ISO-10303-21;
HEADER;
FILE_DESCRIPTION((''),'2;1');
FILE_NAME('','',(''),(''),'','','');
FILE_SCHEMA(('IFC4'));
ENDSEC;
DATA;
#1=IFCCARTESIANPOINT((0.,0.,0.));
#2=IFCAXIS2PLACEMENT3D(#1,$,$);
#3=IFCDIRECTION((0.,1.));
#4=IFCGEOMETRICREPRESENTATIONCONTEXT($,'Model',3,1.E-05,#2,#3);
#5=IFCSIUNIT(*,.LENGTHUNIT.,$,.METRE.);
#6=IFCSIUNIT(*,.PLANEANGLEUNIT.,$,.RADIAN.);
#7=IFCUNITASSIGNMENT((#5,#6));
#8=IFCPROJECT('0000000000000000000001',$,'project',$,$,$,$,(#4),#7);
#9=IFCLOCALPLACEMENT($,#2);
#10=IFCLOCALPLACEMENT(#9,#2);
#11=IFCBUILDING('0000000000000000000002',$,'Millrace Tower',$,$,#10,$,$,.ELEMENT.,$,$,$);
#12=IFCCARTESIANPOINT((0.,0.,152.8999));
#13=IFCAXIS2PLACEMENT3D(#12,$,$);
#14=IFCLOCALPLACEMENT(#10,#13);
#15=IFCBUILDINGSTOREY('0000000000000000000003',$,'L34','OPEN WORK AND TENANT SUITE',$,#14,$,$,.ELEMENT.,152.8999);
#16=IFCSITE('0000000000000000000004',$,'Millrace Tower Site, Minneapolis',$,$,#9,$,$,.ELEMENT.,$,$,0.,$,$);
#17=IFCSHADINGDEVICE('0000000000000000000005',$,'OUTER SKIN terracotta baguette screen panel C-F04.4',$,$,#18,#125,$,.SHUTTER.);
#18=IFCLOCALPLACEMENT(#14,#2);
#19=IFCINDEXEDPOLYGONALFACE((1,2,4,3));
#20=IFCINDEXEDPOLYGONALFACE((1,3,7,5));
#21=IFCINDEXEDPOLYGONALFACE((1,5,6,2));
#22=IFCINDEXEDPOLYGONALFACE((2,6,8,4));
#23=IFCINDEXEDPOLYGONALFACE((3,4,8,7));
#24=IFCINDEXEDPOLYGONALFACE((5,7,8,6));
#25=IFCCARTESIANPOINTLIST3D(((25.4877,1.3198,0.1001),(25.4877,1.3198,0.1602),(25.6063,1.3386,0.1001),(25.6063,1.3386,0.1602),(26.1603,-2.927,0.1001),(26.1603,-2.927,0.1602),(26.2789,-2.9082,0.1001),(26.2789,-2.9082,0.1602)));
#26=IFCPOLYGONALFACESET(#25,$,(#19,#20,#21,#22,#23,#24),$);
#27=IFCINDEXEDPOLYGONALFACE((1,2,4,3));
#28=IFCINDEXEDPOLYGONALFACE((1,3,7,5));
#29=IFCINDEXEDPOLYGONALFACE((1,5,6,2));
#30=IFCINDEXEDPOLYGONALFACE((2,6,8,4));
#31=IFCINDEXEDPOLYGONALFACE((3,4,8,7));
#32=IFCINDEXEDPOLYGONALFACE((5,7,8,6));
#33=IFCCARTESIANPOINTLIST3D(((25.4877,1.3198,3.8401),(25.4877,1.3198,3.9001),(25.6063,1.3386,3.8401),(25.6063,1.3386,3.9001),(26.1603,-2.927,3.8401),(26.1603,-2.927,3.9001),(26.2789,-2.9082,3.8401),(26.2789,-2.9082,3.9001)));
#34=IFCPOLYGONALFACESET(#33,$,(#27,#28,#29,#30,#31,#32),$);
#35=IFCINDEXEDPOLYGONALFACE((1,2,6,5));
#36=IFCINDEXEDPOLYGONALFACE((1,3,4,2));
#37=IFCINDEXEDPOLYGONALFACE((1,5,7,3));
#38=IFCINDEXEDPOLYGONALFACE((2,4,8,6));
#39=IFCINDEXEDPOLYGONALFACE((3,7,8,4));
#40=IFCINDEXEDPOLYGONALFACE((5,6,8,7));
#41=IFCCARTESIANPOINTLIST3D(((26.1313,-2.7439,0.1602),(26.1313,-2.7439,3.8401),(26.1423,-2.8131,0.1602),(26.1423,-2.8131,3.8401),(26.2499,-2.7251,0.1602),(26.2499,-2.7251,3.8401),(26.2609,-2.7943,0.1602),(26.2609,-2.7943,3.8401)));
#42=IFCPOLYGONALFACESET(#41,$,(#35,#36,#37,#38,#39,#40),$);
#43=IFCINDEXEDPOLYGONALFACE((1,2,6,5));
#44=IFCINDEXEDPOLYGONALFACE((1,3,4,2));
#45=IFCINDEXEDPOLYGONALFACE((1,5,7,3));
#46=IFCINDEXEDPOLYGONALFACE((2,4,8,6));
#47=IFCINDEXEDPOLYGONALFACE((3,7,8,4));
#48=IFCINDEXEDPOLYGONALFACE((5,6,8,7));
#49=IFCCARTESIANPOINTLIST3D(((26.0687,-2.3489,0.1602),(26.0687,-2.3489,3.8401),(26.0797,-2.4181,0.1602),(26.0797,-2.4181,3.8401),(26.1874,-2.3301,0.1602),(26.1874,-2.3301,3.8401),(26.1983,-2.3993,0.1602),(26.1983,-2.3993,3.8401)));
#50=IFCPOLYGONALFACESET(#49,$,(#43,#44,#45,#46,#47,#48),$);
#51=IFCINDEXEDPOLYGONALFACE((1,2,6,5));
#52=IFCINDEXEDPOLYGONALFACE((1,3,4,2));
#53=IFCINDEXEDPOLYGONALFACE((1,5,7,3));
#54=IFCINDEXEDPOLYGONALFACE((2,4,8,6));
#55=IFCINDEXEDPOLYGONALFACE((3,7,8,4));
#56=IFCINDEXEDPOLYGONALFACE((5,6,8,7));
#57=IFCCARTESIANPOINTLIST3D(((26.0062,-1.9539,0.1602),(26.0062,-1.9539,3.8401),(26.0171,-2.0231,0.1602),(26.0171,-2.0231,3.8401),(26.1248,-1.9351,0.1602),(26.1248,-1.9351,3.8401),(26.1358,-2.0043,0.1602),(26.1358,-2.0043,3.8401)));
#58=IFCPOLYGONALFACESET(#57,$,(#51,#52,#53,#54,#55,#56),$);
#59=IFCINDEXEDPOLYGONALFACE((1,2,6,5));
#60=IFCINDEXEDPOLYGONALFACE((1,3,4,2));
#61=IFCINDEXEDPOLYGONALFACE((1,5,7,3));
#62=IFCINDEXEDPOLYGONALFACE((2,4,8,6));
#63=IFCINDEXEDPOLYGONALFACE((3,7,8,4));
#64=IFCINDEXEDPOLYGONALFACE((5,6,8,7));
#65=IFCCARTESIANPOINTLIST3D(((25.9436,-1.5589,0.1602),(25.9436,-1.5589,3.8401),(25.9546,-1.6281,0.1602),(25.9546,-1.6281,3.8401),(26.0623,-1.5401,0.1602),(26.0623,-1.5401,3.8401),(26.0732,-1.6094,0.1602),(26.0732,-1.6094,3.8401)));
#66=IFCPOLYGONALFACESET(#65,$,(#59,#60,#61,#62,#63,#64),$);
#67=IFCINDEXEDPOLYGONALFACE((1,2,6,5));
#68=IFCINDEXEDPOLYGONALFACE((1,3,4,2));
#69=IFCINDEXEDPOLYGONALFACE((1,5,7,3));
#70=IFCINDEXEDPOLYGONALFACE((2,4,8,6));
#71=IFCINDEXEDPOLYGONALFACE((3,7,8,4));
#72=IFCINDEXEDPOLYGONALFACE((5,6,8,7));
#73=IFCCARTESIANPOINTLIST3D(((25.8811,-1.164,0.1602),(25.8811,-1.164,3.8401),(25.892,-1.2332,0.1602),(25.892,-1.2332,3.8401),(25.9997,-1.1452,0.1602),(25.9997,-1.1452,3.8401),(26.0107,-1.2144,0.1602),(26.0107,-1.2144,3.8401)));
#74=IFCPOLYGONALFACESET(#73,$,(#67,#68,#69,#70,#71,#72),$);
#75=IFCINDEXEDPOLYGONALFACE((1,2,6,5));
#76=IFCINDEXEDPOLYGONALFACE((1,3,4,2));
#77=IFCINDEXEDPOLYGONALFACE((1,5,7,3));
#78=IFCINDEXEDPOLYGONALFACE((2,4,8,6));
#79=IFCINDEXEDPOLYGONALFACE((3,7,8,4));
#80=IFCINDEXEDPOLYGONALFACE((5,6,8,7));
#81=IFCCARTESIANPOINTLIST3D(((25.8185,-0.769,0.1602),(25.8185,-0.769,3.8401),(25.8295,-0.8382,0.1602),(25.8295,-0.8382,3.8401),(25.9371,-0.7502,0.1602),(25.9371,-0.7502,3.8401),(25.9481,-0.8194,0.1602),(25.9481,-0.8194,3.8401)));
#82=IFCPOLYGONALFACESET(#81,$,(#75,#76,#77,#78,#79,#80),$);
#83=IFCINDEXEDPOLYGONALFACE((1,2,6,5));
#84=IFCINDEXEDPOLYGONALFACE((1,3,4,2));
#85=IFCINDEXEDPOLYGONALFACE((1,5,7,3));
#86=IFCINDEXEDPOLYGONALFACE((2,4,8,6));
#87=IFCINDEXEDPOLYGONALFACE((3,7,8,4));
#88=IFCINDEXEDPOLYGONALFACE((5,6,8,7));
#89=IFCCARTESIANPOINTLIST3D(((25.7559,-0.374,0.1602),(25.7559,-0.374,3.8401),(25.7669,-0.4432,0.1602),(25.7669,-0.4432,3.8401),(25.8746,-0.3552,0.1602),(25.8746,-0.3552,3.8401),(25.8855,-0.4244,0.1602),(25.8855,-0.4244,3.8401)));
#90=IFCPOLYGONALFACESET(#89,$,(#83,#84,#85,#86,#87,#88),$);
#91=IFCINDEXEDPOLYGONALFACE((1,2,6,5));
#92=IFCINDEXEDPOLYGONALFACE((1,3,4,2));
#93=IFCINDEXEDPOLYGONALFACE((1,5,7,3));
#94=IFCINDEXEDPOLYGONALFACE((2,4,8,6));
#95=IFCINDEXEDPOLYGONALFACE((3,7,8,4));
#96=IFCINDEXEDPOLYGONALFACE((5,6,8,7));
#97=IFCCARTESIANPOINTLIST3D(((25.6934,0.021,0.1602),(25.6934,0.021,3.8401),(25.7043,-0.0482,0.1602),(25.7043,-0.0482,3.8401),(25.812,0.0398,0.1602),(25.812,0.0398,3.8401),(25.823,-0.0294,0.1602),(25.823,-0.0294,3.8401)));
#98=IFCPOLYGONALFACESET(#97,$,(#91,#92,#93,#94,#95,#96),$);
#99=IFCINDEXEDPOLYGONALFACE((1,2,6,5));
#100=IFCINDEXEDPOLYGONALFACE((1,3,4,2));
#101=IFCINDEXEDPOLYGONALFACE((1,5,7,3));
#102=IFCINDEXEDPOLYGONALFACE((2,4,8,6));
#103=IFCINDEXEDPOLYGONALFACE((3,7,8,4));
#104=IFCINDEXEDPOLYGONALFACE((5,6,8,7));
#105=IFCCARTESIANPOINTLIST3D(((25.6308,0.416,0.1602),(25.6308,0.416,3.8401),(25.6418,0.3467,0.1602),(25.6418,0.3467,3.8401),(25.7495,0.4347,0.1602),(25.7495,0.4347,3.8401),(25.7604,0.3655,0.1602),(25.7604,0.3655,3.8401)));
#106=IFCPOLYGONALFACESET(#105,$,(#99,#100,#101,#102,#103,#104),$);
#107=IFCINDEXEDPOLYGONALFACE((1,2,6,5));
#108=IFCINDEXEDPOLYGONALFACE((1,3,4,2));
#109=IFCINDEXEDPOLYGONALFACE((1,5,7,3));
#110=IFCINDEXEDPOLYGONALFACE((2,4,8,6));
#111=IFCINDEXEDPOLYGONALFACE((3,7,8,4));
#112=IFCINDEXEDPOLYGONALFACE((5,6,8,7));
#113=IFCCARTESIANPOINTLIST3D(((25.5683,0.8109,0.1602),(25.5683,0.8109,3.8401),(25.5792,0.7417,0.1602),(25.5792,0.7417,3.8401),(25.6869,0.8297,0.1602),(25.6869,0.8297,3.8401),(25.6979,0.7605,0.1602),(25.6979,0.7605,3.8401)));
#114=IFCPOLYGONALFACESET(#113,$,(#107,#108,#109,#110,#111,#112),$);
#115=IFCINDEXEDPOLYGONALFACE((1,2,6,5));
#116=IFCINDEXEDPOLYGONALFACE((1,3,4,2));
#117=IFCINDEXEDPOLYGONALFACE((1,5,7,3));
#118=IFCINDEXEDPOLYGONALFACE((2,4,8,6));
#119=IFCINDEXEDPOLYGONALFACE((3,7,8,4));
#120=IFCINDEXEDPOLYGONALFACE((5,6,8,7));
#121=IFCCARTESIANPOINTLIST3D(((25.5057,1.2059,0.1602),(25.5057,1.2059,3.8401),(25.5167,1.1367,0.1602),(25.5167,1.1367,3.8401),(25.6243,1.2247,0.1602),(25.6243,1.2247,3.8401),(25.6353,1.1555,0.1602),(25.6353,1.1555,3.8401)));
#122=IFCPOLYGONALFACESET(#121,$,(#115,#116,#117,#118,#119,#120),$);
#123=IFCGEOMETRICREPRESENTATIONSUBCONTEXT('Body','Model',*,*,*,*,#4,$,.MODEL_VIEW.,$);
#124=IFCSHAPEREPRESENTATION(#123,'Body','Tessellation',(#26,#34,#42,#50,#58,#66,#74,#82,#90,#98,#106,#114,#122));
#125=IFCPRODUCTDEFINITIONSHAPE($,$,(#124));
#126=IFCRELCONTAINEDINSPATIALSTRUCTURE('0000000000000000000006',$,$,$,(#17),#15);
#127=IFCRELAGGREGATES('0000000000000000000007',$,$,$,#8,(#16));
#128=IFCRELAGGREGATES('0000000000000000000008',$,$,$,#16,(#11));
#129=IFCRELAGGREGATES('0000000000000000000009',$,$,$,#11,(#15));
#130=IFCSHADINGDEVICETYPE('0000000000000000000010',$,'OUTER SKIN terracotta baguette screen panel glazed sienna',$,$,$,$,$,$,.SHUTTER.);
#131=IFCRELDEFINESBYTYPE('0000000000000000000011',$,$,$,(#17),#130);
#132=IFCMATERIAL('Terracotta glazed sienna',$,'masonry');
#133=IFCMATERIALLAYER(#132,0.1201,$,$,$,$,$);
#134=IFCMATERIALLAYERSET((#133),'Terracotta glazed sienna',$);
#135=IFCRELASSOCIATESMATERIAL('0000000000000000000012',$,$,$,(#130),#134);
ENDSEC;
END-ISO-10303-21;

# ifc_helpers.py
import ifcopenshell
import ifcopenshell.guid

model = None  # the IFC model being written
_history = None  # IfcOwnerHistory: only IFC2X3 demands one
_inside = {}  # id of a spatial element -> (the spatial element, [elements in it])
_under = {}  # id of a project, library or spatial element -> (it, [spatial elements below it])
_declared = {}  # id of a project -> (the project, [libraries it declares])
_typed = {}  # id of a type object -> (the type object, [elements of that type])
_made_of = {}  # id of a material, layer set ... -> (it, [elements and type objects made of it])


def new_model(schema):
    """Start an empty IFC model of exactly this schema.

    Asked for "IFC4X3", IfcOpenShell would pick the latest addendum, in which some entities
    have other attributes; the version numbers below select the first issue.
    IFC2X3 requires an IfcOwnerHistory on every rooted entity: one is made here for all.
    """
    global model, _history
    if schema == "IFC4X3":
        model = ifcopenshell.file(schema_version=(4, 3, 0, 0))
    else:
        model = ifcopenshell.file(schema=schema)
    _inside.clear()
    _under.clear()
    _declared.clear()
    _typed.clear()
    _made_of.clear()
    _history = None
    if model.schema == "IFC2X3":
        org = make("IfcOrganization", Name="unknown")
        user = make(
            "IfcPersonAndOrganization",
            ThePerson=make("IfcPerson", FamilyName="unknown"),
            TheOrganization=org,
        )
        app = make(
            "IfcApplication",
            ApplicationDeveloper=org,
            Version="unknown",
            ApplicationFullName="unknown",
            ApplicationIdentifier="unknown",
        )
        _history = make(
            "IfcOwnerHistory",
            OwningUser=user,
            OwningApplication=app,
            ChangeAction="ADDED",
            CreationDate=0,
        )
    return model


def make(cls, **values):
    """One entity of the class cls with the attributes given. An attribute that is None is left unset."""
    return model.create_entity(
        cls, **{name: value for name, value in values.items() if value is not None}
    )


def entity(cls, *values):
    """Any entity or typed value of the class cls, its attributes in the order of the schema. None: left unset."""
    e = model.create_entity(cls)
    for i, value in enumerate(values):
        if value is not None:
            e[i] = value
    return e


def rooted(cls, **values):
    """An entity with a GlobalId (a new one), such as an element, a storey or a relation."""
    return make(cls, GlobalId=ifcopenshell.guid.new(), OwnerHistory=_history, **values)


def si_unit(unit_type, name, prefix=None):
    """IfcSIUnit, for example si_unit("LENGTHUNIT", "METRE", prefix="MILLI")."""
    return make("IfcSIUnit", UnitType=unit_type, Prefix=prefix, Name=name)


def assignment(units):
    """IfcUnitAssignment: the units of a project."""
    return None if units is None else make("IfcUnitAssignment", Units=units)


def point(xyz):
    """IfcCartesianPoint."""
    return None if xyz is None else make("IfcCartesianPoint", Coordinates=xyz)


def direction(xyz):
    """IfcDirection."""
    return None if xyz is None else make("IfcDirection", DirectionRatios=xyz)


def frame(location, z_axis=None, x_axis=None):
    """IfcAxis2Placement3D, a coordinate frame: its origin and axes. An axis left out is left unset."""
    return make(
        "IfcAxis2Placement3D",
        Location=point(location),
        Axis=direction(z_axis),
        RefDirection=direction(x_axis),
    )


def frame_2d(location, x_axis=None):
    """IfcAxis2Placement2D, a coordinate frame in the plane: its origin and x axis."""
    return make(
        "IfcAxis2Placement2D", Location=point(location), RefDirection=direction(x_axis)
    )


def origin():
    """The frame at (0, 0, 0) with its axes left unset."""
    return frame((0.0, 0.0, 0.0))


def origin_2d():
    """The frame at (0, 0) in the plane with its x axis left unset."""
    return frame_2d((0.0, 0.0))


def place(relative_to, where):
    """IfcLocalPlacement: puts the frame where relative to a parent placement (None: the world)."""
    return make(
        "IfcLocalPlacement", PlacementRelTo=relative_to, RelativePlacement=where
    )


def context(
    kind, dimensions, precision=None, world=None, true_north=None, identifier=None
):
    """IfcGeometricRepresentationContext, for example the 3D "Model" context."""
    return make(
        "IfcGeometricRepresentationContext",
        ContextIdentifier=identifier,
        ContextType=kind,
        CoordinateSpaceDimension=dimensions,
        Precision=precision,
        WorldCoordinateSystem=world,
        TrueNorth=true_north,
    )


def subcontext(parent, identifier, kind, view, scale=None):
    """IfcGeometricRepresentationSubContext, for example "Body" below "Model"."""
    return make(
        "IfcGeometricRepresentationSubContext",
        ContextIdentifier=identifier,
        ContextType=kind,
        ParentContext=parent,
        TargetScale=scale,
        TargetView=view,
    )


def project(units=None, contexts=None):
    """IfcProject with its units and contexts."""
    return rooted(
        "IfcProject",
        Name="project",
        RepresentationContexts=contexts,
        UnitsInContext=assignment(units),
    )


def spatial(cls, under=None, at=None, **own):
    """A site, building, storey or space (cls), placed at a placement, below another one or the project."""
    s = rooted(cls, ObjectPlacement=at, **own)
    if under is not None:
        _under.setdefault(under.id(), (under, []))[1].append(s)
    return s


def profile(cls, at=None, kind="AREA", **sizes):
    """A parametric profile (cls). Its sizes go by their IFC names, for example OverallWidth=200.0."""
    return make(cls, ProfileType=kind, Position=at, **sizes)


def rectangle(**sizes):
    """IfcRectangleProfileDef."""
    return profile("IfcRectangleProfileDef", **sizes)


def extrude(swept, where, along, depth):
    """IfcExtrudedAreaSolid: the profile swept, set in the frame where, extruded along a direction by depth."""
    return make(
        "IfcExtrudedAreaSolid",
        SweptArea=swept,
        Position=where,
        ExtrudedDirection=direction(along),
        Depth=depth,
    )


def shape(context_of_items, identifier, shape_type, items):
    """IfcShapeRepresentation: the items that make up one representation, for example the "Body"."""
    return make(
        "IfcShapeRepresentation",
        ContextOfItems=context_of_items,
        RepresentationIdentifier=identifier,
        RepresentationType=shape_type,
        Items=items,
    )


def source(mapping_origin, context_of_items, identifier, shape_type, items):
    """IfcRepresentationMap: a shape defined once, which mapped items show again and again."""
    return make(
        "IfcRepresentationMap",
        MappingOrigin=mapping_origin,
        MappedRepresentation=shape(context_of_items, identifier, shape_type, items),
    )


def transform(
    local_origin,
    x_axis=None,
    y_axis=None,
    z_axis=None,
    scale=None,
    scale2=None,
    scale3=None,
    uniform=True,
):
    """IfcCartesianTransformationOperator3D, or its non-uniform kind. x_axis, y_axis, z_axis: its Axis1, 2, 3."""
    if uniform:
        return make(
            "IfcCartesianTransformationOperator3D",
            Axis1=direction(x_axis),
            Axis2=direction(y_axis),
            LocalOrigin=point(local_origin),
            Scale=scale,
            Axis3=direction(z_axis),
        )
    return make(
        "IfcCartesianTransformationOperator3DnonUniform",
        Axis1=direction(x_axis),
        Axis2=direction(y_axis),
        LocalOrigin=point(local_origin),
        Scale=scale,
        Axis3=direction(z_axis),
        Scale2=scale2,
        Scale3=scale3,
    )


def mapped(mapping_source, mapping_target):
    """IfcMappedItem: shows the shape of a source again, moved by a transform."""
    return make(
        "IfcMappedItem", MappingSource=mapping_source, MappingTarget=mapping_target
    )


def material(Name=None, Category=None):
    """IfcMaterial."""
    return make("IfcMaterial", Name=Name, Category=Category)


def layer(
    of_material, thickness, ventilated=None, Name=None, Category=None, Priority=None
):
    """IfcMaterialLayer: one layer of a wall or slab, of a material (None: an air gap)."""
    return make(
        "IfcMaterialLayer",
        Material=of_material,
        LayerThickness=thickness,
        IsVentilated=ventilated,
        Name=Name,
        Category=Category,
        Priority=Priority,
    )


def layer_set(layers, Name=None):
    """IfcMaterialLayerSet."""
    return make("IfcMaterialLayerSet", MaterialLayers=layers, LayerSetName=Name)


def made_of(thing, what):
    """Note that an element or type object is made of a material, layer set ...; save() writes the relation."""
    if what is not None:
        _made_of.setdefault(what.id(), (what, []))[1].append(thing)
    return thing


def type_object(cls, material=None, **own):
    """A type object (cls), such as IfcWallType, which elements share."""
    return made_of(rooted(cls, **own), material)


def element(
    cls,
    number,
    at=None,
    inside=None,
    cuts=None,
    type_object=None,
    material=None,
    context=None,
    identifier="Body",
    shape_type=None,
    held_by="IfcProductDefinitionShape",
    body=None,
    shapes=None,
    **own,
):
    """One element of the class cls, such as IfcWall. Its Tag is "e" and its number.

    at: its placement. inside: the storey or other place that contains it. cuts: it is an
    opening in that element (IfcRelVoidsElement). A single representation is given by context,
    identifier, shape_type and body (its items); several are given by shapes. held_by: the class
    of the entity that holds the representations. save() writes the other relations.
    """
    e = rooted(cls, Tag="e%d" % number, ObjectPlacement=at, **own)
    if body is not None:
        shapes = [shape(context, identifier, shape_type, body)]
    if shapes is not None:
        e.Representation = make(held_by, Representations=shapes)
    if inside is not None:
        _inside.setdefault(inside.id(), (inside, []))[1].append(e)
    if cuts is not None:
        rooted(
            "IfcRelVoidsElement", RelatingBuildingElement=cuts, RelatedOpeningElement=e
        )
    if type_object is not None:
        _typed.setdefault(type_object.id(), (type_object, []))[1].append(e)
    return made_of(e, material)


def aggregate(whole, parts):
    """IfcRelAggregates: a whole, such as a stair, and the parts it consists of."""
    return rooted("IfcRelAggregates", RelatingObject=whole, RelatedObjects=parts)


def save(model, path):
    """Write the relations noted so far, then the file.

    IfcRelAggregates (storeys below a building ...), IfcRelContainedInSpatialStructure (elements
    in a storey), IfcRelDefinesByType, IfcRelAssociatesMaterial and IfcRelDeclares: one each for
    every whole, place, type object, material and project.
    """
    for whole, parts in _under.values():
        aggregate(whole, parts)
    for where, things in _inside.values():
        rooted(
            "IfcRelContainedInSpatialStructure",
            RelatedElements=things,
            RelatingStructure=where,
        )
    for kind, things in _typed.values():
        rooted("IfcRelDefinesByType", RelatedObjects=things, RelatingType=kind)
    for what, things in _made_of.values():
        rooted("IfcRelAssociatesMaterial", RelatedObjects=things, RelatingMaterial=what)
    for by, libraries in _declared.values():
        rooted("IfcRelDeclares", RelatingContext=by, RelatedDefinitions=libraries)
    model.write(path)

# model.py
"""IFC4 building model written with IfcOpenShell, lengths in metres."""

from ifc_helpers import new_model, entity, si_unit, direction, frame, frame_2d, origin, origin_2d, place, context, subcontext, project, spatial, rectangle, extrude, source, transform, mapped, material, layer, layer_set, type_object, element, save


model = new_model("IFC4")

# Units and contexts
model_context = context("Model", 3, precision=1e-05, world=origin(), true_north=direction((0.0, 1.0)))
body_context = subcontext(model_context, "Body", "Model", "MODEL_VIEW")
ifc_project = project(units=[si_unit("LENGTHUNIT", "METRE"), si_unit("PLANEANGLEUNIT", "RADIAN")], contexts=[model_context])

# Site, building, storey
site_placement = place(None, origin())
site = spatial("IfcSite", under=ifc_project, at=site_placement, Name="Millrace Tower Site, Minneapolis", CompositionType="ELEMENT", RefElevation=0.0)
building_placement = place(site_placement, origin())
building = spatial("IfcBuilding", under=site, at=building_placement, Name="Millrace Tower", CompositionType="ELEMENT")
storey_placement = place(building_placement, frame((0.0, 0.0, 152.8999)))
storey = spatial("IfcBuildingStorey", under=building, at=storey_placement, Name="L34", Description="OPEN WORK AND TENANT SUITE", CompositionType="ELEMENT", Elevation=152.8999)

# Shading device
ifc_material_1 = material(Name="Terracotta glazed sienna", Category="masonry")
ifc_layer_1 = layer(ifc_material_1, 0.1201)
ifc_layer_set_1 = layer_set([ifc_layer_1], Name="Terracotta glazed sienna")
shading_device_type = type_object("IfcShadingDeviceType", Name="OUTER SKIN terracotta baguette screen panel glazed sienna", PredefinedType="SHUTTER", material=ifc_layer_set_1)
cartesian_point = entity("IfcCartesianPoint", [-2.1499, 0.0601])
shared_polyline = entity("IfcPolyline", [cartesian_point, entity("IfcCartesianPoint", [2.1499, 0.0601]), entity("IfcCartesianPoint", [2.1499, -0.0601]), entity("IfcCartesianPoint", [-2.1499, -0.0601]), cartesian_point])
shared_shape = source(origin(), body_context, "Body", "SweptSolid", [
    entity("IfcExtrudedAreaSolid", entity("IfcArbitraryClosedProfileDef", "AREA", None, shared_polyline), entity("IfcAxis2Placement3D", entity("IfcCartesianPoint", [0.0, 0.0, 0.0])), entity("IfcDirection", [0.0, 0.0, 1.0]), 0.0601),
    entity("IfcExtrudedAreaSolid", entity("IfcArbitraryClosedProfileDef", "AREA", None, shared_polyline), entity("IfcAxis2Placement3D", entity("IfcCartesianPoint", [0.0, 0.0, 3.74])), entity("IfcDirection", [0.0, 0.0, 1.0]), 0.0601),
    extrude(rectangle(XDim=0.0701, YDim=0.1201, at=frame_2d((-1.9995, 0.0))), frame((0.0, 0.0, 0.0601)), (0.0, 0.0, 1.0), 3.6799),
    extrude(rectangle(XDim=0.0701, YDim=0.1201, at=frame_2d((-1.5996, 0.0))), frame((0.0, 0.0, 0.0601)), (0.0, 0.0, 1.0), 3.6799),
    extrude(rectangle(XDim=0.0701, YDim=0.1201, at=frame_2d((-1.1997, 0.0))), frame((0.0, 0.0, 0.0601)), (0.0, 0.0, 1.0), 3.6799),
    extrude(rectangle(XDim=0.0701, YDim=0.1201, at=frame_2d((-0.7998, 0.0))), frame((0.0, 0.0, 0.0601)), (0.0, 0.0, 1.0), 3.6799),
    extrude(rectangle(XDim=0.0701, YDim=0.1201, at=frame_2d((-0.3999, 0.0))), frame((0.0, 0.0, 0.0601)), (0.0, 0.0, 1.0), 3.6799),
    extrude(rectangle(XDim=0.0701, YDim=0.1201, at=origin_2d()), frame((0.0, 0.0, 0.0601)), (0.0, 0.0, 1.0), 3.6799),
    extrude(rectangle(XDim=0.0701, YDim=0.1201, at=frame_2d((0.3999, 0.0))), frame((0.0, 0.0, 0.0601)), (0.0, 0.0, 1.0), 3.6799),
    extrude(rectangle(XDim=0.0701, YDim=0.1201, at=frame_2d((0.7998, 0.0))), frame((0.0, 0.0, 0.0601)), (0.0, 0.0, 1.0), 3.6799),
    extrude(rectangle(XDim=0.0701, YDim=0.1201, at=frame_2d((1.1997, 0.0))), frame((0.0, 0.0, 0.0601)), (0.0, 0.0, 1.0), 3.6799),
    extrude(rectangle(XDim=0.0701, YDim=0.1201, at=frame_2d((1.5996, 0.0))), frame((0.0, 0.0, 0.0601)), (0.0, 0.0, 1.0), 3.6799),
    extrude(rectangle(XDim=0.0701, YDim=0.1201, at=frame_2d((1.9995, 0.0))), frame((0.0, 0.0, 0.0601)), (0.0, 0.0, 1.0), 3.6799),
])
for number, where, z_axis, x_axis, name in (
    (1, (25.8833, -0.7942, 0.1001), (0.0, 0.0, 1.0), (-0.156434, 0.987688, 0.0), "OUTER SKIN terracotta baguette screen panel C-F04.4"),
):
    element("IfcShadingDevice", number, at=place(storey_placement, frame(where, z_axis=z_axis, x_axis=x_axis)), inside=storey, type_object=shading_device_type, Name=name, PredefinedType="SHUTTER", context=body_context, shape_type="MappedRepresentation", body=[
        mapped(shared_shape, transform((0.0, 0.0, 0.0), scale=1.0)),
    ])

save(model, "model.ifc")
